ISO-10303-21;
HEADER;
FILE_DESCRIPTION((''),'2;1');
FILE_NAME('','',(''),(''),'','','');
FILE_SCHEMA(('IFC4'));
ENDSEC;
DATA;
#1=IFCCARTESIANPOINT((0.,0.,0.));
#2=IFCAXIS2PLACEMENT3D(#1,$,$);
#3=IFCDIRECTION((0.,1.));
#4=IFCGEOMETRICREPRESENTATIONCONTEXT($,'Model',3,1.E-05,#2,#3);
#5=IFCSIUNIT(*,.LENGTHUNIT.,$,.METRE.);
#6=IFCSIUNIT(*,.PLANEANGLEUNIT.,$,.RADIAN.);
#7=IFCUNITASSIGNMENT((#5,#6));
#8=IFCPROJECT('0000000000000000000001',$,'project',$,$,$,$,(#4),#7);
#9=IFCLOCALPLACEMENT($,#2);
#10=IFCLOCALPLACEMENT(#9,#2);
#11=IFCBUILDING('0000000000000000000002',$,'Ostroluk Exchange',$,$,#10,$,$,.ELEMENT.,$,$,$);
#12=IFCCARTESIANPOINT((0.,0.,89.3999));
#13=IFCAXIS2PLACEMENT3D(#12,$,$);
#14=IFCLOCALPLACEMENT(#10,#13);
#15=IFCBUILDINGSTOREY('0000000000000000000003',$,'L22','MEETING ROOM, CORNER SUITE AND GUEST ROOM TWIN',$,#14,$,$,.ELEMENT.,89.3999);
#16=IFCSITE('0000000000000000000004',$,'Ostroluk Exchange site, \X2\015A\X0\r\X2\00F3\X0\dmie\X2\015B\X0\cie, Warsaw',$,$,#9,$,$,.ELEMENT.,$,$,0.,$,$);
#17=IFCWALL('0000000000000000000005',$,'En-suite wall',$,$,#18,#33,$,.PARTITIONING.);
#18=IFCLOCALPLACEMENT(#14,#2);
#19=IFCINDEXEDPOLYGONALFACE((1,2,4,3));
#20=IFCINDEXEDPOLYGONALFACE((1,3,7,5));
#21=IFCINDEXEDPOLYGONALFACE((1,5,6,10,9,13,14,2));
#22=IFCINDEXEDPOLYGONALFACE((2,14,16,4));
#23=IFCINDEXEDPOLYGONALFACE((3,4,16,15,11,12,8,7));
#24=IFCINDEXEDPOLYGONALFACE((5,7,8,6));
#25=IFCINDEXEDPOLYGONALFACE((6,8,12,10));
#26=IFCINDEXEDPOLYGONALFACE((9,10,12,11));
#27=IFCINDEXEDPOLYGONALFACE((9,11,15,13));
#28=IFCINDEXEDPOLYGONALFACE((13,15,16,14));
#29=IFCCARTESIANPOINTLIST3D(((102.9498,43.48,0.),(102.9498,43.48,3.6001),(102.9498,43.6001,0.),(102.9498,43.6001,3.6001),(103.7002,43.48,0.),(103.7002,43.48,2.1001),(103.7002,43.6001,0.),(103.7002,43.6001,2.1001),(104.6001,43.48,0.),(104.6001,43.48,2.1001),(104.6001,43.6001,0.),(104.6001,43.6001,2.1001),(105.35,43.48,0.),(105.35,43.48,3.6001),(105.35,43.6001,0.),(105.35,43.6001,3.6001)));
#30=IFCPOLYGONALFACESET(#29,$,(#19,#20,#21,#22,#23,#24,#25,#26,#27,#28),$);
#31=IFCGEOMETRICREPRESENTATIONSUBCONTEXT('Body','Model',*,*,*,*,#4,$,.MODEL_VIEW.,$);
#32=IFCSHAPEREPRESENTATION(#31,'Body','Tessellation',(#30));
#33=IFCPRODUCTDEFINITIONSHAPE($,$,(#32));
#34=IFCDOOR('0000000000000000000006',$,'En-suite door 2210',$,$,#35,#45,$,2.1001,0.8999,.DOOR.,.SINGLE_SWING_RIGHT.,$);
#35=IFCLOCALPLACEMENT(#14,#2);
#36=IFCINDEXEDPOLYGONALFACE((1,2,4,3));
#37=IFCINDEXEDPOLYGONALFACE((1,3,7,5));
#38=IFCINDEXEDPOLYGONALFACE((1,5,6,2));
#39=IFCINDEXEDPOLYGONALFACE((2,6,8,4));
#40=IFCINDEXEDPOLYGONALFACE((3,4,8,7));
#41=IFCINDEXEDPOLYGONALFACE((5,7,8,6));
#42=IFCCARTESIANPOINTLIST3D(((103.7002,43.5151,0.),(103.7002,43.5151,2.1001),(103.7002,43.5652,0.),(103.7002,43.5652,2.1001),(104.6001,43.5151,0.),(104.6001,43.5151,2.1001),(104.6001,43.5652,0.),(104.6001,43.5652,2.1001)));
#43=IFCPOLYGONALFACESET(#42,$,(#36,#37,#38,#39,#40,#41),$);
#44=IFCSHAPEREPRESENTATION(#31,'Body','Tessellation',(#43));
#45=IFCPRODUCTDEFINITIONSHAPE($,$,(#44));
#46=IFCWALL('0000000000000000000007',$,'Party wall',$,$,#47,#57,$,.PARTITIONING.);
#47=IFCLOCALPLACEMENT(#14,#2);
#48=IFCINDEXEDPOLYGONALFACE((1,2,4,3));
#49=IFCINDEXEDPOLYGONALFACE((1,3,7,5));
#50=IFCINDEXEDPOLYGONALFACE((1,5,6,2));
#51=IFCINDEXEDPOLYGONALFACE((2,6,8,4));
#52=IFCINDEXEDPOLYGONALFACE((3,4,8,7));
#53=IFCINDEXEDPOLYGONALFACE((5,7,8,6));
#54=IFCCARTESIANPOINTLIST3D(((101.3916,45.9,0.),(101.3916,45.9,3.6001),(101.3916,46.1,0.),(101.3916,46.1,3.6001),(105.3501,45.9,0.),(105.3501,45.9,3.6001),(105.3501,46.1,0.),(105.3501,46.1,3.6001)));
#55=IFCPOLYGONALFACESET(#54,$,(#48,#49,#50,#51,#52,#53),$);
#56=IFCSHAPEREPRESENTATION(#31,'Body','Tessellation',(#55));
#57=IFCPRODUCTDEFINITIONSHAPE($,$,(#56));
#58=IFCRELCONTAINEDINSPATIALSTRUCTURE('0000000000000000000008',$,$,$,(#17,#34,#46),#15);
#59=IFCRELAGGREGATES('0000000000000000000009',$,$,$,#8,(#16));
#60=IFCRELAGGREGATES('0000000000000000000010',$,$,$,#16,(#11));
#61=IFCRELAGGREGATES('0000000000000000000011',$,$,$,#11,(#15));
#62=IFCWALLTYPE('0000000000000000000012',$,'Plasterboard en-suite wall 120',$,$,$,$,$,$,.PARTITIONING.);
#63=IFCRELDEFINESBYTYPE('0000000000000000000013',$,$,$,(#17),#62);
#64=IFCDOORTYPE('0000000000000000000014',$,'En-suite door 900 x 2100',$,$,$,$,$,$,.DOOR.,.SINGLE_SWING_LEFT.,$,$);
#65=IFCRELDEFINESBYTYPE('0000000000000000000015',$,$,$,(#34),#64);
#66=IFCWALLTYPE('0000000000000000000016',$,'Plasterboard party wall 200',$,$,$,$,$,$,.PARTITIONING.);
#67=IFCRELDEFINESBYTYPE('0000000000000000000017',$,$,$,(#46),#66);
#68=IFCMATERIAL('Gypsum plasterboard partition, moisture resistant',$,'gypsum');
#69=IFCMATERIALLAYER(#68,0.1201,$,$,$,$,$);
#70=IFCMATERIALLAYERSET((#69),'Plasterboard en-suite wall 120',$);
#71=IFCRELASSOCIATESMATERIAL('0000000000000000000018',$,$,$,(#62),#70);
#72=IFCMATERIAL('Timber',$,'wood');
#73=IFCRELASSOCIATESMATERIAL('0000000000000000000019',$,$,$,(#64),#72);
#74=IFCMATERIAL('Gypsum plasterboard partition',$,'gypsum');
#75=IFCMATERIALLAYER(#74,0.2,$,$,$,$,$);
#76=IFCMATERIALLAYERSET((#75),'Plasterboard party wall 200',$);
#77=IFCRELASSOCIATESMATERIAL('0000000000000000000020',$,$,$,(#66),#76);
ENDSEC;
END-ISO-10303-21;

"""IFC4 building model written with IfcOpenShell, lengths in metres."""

from ifc_helpers import new_model, si_unit, direction, frame, frame_2d, origin, place, context, subcontext, project, spatial, rectangle, extrude, material, layer, layer_set, type_object, element, fill, save


model = new_model("IFC4")

# Units and contexts
model_context = context("Model", 3, precision=1e-05, world=origin(), true_north=direction((0.0, 1.0)))
body_context = subcontext(model_context, "Body", "Model", "MODEL_VIEW")
ifc_project = project(units=[si_unit("LENGTHUNIT", "METRE"), si_unit("PLANEANGLEUNIT", "RADIAN")], contexts=[model_context])

# Site, building, storey
site_placement = place(None, origin())
site = spatial("IfcSite", under=ifc_project, at=site_placement, Name="Ostroluk Exchange site, Śródmieście, Warsaw", CompositionType="ELEMENT", RefElevation=0.0)
building_placement = place(site_placement, origin())
building = spatial("IfcBuilding", under=site, at=building_placement, Name="Ostroluk Exchange", CompositionType="ELEMENT")
storey_placement = place(building_placement, frame((0.0, 0.0, 89.3999)))
storey = spatial("IfcBuildingStorey", under=building, at=storey_placement, Name="L22", Description="MEETING ROOM, CORNER SUITE AND GUEST ROOM TWIN", CompositionType="ELEMENT", Elevation=89.3999)

# Shared definitions
ifc_material_1 = material(Name="Gypsum plasterboard partition, moisture resistant", Category="gypsum")
ifc_layer_1 = layer(ifc_material_1, 0.1201)
ifc_layer_set_1 = layer_set([ifc_layer_1], Name="Plasterboard en-suite wall 120")
wall_type_1 = type_object("IfcWallType", Name="Plasterboard en-suite wall 120", PredefinedType="PARTITIONING", material=ifc_layer_set_1)
ifc_material_2 = material(Name="Timber", Category="wood")
door_type_1 = type_object("IfcDoorType", Name="En-suite door 900 x 2100", OperationType="SINGLE_SWING_LEFT", PredefinedType="DOOR", material=ifc_material_2)

# Wall, opening, door
wall_1_placement = place(storey_placement, frame((105.3501, 43.54, 0.0), z_axis=(0.0, 0.0, 1.0), x_axis=(-1.0, 0.0, 0.0)))
wall_1 = element("IfcWall", 1, at=wall_1_placement, inside=storey, type_object=wall_type_1, Name="En-suite wall", PredefinedType="PARTITIONING", context=body_context, shape_type="SweptSolid", body=[
    extrude(rectangle(XDim=2.4001, YDim=0.1201, at=frame_2d((1.2002, 0.0))), origin(), (0.0, 0.0, 1.0), 3.6001),
])
opening_1_placement = place(wall_1_placement, frame((0.75, 0.0, 0.0)))
opening_1 = element("IfcOpeningElement", 2, at=opening_1_placement, cuts=wall_1, PredefinedType="OPENING", context=body_context, shape_type="SweptSolid", body=[
    extrude(rectangle(XDim=0.8999, YDim=2.1001, at=frame_2d((0.45, 1.05))), frame((0.0, 0.0701, 0.0), z_axis=(0.0, -1.0, 0.0), x_axis=(1.0, 0.0, 0.0)), (0.0, 0.0, 1.0), 0.1401),
])
door_1_placement = place(opening_1_placement, origin())
door_1 = element("IfcDoor", 3, at=door_1_placement, inside=storey, type_object=door_type_1, Name="En-suite door 2210", OperationType="SINGLE_SWING_RIGHT", OverallHeight=2.1001, OverallWidth=0.8999, PredefinedType="DOOR", context=body_context, shape_type="SweptSolid", body=[
    extrude(rectangle(XDim=0.8999, YDim=2.1001, at=frame_2d((0.45, 1.05))), frame((0.0, 0.0249, 0.0), z_axis=(0.0, -1.0, 0.0), x_axis=(1.0, 0.0, 0.0)), (0.0, 0.0, 1.0), 0.05),
])
fill(opening_1, door_1)

# Wall
ifc_material_3 = material(Name="Gypsum plasterboard partition", Category="gypsum")
ifc_layer_2 = layer(ifc_material_3, 0.2)
ifc_layer_set_2 = layer_set([ifc_layer_2], Name="Plasterboard party wall 200")
wall_type_2 = type_object("IfcWallType", Name="Plasterboard party wall 200", PredefinedType="PARTITIONING", material=ifc_layer_set_2)
wall_2_placement = place(storey_placement, frame((105.3501, 46.0, 0.0), z_axis=(0.0, 0.0, 1.0), x_axis=(-1.0, 0.0, 0.0)))
element("IfcWall", 4, at=wall_2_placement, inside=storey, type_object=wall_type_2, Name="Party wall", PredefinedType="PARTITIONING", context=body_context, shape_type="SweptSolid", body=[
    extrude(rectangle(XDim=3.9585, YDim=0.2, at=frame_2d((1.9792, 0.0))), origin(), (0.0, 0.0, 1.0), 3.6001),
])

save(model, "model.ifc")
